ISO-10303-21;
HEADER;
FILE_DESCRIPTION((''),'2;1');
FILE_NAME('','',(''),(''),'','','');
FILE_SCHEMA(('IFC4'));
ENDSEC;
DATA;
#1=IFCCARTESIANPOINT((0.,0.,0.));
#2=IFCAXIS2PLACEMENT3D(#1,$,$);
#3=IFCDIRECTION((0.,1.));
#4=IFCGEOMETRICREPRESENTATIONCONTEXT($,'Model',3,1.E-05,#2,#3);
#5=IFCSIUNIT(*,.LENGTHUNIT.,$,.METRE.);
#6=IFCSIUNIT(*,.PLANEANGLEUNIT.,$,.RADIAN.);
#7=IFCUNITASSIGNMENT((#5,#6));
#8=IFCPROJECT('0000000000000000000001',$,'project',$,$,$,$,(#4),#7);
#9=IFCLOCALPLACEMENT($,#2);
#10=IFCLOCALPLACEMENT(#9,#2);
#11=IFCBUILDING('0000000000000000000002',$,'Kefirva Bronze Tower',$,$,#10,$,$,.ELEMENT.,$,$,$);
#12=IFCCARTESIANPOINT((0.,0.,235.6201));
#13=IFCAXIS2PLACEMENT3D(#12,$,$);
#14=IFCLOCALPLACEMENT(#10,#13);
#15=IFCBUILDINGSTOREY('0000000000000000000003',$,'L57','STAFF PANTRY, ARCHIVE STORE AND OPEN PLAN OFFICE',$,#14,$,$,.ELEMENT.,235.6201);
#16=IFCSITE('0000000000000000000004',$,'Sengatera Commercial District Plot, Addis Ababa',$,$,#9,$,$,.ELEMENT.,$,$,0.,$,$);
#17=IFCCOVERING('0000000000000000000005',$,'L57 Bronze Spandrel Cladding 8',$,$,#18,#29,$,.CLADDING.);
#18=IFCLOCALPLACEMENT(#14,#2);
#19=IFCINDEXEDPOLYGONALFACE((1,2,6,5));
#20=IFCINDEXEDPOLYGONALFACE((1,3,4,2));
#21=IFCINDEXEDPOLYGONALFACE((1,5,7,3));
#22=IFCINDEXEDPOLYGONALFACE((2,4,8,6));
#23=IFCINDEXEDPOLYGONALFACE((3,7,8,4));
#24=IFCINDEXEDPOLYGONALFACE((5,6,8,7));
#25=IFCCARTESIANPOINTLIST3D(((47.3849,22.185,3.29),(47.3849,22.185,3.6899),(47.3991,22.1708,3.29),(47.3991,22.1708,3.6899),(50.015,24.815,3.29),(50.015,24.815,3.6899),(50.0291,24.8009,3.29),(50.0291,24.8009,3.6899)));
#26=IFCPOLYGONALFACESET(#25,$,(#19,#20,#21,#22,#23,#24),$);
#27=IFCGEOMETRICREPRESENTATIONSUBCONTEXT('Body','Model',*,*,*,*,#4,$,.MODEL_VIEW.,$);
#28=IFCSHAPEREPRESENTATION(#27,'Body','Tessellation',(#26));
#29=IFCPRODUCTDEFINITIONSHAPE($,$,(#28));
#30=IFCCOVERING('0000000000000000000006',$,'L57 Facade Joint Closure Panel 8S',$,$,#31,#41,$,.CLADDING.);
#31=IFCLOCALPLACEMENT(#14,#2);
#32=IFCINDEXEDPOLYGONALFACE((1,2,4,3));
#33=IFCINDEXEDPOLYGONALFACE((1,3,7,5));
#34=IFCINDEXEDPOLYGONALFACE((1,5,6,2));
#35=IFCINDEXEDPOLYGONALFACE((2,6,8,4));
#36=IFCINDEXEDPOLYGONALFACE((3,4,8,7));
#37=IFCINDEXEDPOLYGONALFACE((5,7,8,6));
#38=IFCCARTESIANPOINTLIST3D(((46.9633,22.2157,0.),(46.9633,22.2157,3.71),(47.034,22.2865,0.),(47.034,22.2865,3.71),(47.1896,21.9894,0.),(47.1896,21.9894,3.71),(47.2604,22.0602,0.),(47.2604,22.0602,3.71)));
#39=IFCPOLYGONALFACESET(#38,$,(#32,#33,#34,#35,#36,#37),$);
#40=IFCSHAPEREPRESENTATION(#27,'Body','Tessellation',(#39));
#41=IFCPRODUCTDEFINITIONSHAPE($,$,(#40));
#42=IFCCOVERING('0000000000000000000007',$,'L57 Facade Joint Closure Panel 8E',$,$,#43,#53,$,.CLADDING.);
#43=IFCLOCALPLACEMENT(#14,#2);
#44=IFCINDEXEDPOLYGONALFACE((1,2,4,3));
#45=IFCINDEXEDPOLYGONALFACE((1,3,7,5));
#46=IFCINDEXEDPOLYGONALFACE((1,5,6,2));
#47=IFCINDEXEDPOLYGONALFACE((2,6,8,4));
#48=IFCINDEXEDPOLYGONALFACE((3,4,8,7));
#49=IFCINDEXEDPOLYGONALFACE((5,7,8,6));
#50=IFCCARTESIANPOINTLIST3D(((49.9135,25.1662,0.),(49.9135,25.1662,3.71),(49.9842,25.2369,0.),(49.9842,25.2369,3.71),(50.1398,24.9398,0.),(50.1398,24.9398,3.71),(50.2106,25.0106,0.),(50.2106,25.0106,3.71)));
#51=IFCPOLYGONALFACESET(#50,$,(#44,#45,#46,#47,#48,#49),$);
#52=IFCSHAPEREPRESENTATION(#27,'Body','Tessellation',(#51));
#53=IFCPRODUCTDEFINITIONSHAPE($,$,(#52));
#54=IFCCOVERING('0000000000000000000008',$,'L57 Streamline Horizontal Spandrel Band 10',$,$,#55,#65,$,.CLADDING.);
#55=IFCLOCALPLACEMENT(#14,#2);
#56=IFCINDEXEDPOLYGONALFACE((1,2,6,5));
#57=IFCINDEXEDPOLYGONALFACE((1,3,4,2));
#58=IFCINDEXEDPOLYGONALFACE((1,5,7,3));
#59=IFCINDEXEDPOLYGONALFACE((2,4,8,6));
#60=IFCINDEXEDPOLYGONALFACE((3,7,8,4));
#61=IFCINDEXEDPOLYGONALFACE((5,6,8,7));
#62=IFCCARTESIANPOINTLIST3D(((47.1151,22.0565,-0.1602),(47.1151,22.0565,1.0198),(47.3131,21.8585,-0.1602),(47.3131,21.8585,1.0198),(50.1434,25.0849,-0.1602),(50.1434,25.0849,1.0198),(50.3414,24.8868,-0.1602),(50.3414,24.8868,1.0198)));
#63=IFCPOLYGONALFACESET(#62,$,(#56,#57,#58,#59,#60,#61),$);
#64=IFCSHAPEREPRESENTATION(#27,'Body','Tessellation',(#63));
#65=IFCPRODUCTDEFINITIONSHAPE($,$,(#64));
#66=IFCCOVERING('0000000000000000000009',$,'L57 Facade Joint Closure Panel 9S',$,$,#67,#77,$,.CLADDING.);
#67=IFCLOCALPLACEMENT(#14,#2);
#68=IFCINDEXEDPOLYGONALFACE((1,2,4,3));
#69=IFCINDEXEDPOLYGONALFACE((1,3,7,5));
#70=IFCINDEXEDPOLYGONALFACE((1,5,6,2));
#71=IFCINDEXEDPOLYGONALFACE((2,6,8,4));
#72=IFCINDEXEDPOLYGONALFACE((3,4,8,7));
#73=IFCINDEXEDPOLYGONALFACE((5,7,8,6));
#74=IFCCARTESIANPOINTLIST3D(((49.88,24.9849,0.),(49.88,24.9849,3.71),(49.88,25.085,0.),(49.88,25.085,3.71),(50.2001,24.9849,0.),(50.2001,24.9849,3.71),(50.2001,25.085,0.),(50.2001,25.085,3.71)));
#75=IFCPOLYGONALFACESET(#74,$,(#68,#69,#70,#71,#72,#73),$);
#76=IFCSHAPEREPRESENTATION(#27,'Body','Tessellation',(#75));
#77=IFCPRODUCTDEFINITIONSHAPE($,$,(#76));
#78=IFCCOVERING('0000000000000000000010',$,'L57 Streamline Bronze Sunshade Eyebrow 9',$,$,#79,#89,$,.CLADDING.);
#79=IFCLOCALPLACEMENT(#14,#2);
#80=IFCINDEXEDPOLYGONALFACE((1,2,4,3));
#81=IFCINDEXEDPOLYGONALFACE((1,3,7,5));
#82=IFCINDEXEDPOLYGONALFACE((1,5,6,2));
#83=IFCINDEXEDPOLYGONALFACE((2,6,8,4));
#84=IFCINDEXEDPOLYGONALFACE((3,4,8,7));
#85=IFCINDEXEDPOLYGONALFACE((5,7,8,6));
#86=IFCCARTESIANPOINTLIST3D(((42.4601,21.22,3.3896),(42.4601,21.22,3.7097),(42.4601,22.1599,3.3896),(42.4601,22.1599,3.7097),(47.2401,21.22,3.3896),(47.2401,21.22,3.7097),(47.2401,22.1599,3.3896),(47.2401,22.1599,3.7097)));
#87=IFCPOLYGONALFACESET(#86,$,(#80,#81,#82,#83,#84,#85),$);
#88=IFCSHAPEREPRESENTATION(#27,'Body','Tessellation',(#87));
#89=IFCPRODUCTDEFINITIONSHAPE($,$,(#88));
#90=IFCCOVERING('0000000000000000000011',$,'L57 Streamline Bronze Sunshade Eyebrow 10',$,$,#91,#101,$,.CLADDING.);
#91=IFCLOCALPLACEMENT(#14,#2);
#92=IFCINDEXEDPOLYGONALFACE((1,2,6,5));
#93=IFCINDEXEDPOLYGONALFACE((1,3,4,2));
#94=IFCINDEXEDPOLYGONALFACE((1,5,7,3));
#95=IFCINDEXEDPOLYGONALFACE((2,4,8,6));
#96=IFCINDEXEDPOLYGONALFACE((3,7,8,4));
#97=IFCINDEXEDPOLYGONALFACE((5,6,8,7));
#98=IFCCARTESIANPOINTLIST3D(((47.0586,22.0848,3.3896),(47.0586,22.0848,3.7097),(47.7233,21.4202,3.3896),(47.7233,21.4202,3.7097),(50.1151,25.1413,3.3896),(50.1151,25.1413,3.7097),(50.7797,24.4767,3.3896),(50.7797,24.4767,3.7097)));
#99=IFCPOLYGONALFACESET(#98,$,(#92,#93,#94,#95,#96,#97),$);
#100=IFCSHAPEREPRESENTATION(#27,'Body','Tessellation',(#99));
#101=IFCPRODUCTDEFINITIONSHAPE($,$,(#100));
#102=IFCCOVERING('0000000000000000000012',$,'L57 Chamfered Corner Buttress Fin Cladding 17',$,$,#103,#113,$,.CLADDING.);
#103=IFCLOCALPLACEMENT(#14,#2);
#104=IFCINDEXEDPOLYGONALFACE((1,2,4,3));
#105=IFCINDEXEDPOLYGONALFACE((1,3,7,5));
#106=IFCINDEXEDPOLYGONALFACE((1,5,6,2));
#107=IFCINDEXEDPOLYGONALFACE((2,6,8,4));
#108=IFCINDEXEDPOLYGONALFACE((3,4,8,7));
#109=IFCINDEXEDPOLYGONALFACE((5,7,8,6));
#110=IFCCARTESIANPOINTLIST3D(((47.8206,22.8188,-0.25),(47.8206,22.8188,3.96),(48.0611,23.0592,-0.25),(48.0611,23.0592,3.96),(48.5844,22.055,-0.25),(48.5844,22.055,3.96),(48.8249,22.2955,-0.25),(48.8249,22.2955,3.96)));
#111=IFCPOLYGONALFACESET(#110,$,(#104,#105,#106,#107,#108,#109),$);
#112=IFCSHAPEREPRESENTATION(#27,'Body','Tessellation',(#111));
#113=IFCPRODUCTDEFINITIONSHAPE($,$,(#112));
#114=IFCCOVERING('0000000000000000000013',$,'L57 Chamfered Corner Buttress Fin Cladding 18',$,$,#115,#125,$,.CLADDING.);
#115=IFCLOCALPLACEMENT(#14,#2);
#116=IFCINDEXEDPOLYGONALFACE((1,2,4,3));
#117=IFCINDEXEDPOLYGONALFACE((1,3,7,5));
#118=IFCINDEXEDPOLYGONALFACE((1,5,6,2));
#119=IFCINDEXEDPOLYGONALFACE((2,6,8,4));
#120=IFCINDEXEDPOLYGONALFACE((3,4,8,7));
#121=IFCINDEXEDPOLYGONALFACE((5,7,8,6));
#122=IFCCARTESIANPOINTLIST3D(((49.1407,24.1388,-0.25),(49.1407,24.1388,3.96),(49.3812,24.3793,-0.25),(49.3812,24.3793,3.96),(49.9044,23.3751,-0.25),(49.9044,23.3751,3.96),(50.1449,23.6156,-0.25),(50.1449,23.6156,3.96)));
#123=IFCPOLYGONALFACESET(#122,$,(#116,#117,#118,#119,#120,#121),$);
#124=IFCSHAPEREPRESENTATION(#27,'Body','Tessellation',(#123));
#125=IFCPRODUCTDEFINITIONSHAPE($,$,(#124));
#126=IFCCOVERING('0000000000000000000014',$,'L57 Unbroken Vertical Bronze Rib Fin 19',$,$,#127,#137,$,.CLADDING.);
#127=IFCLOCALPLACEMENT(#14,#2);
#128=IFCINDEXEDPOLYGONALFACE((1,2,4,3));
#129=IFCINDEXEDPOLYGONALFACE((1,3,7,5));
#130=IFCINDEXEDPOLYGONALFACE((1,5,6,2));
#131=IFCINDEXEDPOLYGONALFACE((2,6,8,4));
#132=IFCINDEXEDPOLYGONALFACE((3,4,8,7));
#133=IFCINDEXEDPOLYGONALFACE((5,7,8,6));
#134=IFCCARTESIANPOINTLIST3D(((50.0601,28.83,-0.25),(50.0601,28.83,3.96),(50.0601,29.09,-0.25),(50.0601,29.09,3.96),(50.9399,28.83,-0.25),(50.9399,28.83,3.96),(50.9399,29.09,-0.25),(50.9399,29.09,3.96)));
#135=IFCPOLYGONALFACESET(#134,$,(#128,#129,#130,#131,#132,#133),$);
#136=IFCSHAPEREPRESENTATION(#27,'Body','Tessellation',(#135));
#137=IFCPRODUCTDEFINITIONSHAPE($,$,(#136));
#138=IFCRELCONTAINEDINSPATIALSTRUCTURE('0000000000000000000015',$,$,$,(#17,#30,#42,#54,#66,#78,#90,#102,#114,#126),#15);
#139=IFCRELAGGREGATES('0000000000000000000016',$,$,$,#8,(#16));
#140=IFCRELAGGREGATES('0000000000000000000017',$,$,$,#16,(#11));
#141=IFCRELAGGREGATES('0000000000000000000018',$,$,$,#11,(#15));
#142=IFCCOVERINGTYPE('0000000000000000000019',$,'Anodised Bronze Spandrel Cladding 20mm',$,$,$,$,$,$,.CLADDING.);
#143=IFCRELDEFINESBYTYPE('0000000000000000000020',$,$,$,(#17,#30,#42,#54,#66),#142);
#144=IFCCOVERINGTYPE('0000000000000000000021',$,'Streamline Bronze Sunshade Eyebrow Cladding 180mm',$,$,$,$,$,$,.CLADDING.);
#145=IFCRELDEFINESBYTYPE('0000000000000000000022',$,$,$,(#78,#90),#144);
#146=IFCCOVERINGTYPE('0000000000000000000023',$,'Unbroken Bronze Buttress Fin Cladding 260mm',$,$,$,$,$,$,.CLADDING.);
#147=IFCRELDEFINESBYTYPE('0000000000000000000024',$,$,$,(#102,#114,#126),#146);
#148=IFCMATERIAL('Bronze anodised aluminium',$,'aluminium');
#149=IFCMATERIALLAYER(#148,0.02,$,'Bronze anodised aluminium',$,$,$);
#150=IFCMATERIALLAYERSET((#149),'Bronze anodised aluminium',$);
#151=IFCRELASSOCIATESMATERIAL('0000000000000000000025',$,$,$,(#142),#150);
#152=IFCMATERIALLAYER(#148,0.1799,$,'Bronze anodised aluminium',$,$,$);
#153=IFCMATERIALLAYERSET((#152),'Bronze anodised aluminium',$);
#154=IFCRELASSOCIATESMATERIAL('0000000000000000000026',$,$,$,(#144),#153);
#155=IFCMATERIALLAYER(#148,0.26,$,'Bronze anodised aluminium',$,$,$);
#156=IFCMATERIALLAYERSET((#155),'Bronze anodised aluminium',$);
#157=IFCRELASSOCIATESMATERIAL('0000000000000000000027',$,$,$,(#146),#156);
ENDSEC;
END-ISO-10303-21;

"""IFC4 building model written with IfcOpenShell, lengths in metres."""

from ifc_helpers import new_model, si_unit, direction, frame, origin, origin_2d, place, context, subcontext, project, spatial, rectangle, extrude, material, layer, layer_set, type_object, element, save


model = new_model("IFC4")

# Units and contexts
model_context = context("Model", 3, precision=1e-05, world=origin(), true_north=direction((0.0, 1.0)))
body_context = subcontext(model_context, "Body", "Model", "MODEL_VIEW")
ifc_project = project(units=[si_unit("LENGTHUNIT", "METRE"), si_unit("PLANEANGLEUNIT", "RADIAN")], contexts=[model_context])

# Site, building, storey
site_placement = place(None, origin())
site = spatial("IfcSite", under=ifc_project, at=site_placement, Name="Sengatera Commercial District Plot, Addis Ababa", CompositionType="ELEMENT", RefElevation=0.0)
building_placement = place(site_placement, origin())
building = spatial("IfcBuilding", under=site, at=building_placement, Name="Kefirva Bronze Tower", CompositionType="ELEMENT")
storey_placement = place(building_placement, frame((0.0, 0.0, 235.6201)))
storey = spatial("IfcBuildingStorey", under=building, at=storey_placement, Name="L57", Description="STAFF PANTRY, ARCHIVE STORE AND OPEN PLAN OFFICE", CompositionType="ELEMENT", Elevation=235.6201)

# Coverings
ifc_material_1 = material(Name="Bronze anodised aluminium", Category="aluminium")
ifc_layer_1 = layer(ifc_material_1, 0.02, Name="Bronze anodised aluminium")
ifc_layer_set_1 = layer_set([ifc_layer_1], Name="Bronze anodised aluminium")
covering_type_1 = type_object("IfcCoveringType", Name="Anodised Bronze Spandrel Cladding 20mm", PredefinedType="CLADDING", material=ifc_layer_set_1)
covering_1_placement = place(storey_placement, frame((48.707, 23.4929, 3.29), z_axis=(0.0, 0.0, 1.0), x_axis=(0.707107, 0.707107, 0.0)))
element("IfcCovering", 1, at=covering_1_placement, inside=storey, type_object=covering_type_1, Name="L57 Bronze Spandrel Cladding 8", PredefinedType="CLADDING", context=body_context, shape_type="SweptSolid", body=[
    extrude(rectangle(XDim=3.7195, YDim=0.02, at=origin_2d()), origin(), (0.0, 0.0, 1.0), 0.3999),
])
for number, where, z_axis, x_axis, name in (
    (2, (47.1118, 22.1379, 0.0), (0.0, 0.0, 1.0), (0.707107, 0.707107, 0.0), "L57 Facade Joint Closure Panel 8S"),
    (3, (50.062, 25.0884, 0.0), (0.0, 0.0, 1.0), (0.707107, 0.707107, 0.0), "L57 Facade Joint Closure Panel 8E"),
):
    element("IfcCovering", number, at=place(storey_placement, frame(where, z_axis=z_axis, x_axis=x_axis)), inside=storey, type_object=covering_type_1, Name=name, PredefinedType="CLADDING", context=body_context, shape_type="SweptSolid", body=[
        extrude(rectangle(XDim=0.1001, YDim=0.3201, at=origin_2d()), origin(), (0.0, 0.0, 1.0), 3.71),
    ])
covering_2_placement = place(storey_placement, frame((48.7283, 23.4717, -0.1602), z_axis=(0.0, 0.0, 1.0), x_axis=(0.707107, 0.707107, 0.0)))
element("IfcCovering", 4, at=covering_2_placement, inside=storey, type_object=covering_type_1, Name="L57 Streamline Horizontal Spandrel Band 10", PredefinedType="CLADDING", context=body_context, shape_type="SweptSolid", body=[
    extrude(rectangle(XDim=4.2827, YDim=0.28, at=origin_2d()), origin(), (0.0, 0.0, 1.0), 1.1799),
])
covering_3_placement = place(storey_placement, frame((50.04, 25.0349, 0.0), z_axis=(0.0, 0.0, 1.0), x_axis=(0.0, 1.0, 0.0)))
element("IfcCovering", 5, at=covering_3_placement, inside=storey, type_object=covering_type_1, Name="L57 Facade Joint Closure Panel 9S", PredefinedType="CLADDING", context=body_context, shape_type="SweptSolid", body=[
    extrude(rectangle(XDim=0.1001, YDim=0.3201, at=origin_2d()), origin(), (0.0, 0.0, 1.0), 3.71),
])
ifc_layer_2 = layer(ifc_material_1, 0.1799, Name="Bronze anodised aluminium")
ifc_layer_set_2 = layer_set([ifc_layer_2], Name="Bronze anodised aluminium")
covering_type_2 = type_object("IfcCoveringType", Name="Streamline Bronze Sunshade Eyebrow Cladding 180mm", PredefinedType="CLADDING", material=ifc_layer_set_2)
covering_4_placement = place(storey_placement, frame((44.8501, 21.6899, 3.3896), z_axis=(0.0, 0.0, 1.0), x_axis=(1.0, 0.0, 0.0)))
element("IfcCovering", 6, at=covering_4_placement, inside=storey, type_object=covering_type_2, Name="L57 Streamline Bronze Sunshade Eyebrow 9", PredefinedType="CLADDING", context=body_context, shape_type="SweptSolid", body=[
    extrude(rectangle(XDim=4.78, YDim=0.9399, at=origin_2d()), origin(), (0.0, 0.0, 1.0), 0.3201),
])
covering_5_placement = place(storey_placement, frame((48.9192, 23.2808, 3.3896), z_axis=(0.0, 0.0, 1.0), x_axis=(0.707107, 0.707107, 0.0)))
element("IfcCovering", 7, at=covering_5_placement, inside=storey, type_object=covering_type_2, Name="L57 Streamline Bronze Sunshade Eyebrow 10", PredefinedType="CLADDING", context=body_context, shape_type="SweptSolid", body=[
    extrude(rectangle(XDim=4.3225, YDim=0.9399, at=origin_2d()), origin(), (0.0, 0.0, 1.0), 0.3201),
])
ifc_layer_3 = layer(ifc_material_1, 0.26, Name="Bronze anodised aluminium")
ifc_layer_set_3 = layer_set([ifc_layer_3], Name="Bronze anodised aluminium")
covering_type_3 = type_object("IfcCoveringType", Name="Unbroken Bronze Buttress Fin Cladding 260mm", PredefinedType="CLADDING", material=ifc_layer_set_3)
for number, where, z_axis, x_axis, name in (
    (8, (48.3228, 22.5571, -0.25), (0.0, 0.0, 1.0), (0.707107, 0.707107, 0.0), "L57 Chamfered Corner Buttress Fin Cladding 17"),
    (9, (49.6428, 23.8772, -0.25), (0.0, 0.0, 1.0), (0.707107, 0.707107, 0.0), "L57 Chamfered Corner Buttress Fin Cladding 18"),
):
    element("IfcCovering", number, at=place(storey_placement, frame(where, z_axis=z_axis, x_axis=x_axis)), inside=storey, type_object=covering_type_3, Name=name, PredefinedType="CLADDING", context=body_context, shape_type="SweptSolid", body=[
        extrude(rectangle(XDim=0.3401, YDim=1.0801, at=origin_2d()), origin(), (0.0, 0.0, 1.0), 4.21),
    ])
covering_6_placement = place(storey_placement, frame((50.5, 28.96, -0.25), z_axis=(0.0, 0.0, 1.0), x_axis=(0.0, 1.0, 0.0)))
element("IfcCovering", 10, at=covering_6_placement, inside=storey, type_object=covering_type_3, Name="L57 Unbroken Vertical Bronze Rib Fin 19", PredefinedType="CLADDING", context=body_context, shape_type="SweptSolid", body=[
    extrude(rectangle(XDim=0.26, YDim=0.8799, at=origin_2d()), origin(), (0.0, 0.0, 1.0), 4.21),
])

save(model, "model.ifc")
